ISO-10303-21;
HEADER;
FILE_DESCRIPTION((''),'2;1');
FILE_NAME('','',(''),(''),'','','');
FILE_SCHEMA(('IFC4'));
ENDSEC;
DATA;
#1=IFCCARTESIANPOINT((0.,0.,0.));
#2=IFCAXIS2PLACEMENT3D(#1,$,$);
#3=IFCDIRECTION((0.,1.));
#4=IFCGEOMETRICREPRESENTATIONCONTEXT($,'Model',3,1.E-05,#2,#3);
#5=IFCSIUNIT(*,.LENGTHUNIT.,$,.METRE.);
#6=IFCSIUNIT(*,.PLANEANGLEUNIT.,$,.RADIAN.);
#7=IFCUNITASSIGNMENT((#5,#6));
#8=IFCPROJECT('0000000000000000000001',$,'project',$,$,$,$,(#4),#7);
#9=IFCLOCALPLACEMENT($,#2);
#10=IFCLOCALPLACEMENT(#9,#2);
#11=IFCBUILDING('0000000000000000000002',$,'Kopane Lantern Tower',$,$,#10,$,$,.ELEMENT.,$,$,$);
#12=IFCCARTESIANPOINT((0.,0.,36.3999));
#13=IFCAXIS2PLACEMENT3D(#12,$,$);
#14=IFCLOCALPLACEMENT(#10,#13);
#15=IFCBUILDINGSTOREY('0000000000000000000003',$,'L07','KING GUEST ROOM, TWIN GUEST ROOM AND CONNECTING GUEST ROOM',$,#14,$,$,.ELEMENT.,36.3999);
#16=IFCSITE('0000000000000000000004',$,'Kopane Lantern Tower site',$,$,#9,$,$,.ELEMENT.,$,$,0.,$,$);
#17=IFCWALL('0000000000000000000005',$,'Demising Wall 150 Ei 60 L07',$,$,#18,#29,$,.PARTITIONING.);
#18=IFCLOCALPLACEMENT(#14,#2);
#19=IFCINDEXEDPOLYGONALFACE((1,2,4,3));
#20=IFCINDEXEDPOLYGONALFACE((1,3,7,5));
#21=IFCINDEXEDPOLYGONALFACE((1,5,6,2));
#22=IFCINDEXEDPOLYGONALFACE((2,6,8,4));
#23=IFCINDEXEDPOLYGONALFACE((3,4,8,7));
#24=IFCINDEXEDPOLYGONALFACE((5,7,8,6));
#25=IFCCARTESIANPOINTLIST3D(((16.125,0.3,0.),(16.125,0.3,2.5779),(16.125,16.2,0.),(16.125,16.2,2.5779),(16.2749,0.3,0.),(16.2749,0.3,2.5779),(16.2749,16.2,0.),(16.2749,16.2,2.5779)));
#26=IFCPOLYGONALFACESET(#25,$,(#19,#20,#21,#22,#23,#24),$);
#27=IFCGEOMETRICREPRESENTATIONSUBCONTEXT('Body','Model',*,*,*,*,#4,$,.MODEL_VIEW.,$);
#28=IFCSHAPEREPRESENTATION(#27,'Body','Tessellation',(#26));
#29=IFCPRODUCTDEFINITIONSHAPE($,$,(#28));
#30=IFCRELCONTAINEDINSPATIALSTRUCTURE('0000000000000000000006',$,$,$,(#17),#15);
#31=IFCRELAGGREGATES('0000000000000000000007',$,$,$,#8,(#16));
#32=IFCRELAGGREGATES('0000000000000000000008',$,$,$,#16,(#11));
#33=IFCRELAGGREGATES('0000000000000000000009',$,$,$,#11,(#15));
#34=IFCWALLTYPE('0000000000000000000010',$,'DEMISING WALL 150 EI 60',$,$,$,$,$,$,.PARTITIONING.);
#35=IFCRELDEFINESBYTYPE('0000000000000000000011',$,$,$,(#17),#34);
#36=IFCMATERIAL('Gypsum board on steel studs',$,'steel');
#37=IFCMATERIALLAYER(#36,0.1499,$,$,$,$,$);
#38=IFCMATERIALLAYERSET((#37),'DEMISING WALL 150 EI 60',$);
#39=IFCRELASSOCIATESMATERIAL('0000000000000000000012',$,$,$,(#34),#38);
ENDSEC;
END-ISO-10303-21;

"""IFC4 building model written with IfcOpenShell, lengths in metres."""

from ifc_helpers import new_model, si_unit, direction, frame, frame_2d, origin, place, context, subcontext, project, spatial, rectangle, extrude, material, layer, layer_set, type_object, element, save


model = new_model("IFC4")

# Units and contexts
model_context = context("Model", 3, precision=1e-05, world=origin(), true_north=direction((0.0, 1.0)))
body_context = subcontext(model_context, "Body", "Model", "MODEL_VIEW")
ifc_project = project(units=[si_unit("LENGTHUNIT", "METRE"), si_unit("PLANEANGLEUNIT", "RADIAN")], contexts=[model_context])

# Site, building, storey
site_placement = place(None, origin())
site = spatial("IfcSite", under=ifc_project, at=site_placement, Name="Kopane Lantern Tower site", CompositionType="ELEMENT", RefElevation=0.0)
building_placement = place(site_placement, origin())
building = spatial("IfcBuilding", under=site, at=building_placement, Name="Kopane Lantern Tower", CompositionType="ELEMENT")
storey_placement = place(building_placement, frame((0.0, 0.0, 36.3999)))
storey = spatial("IfcBuildingStorey", under=building, at=storey_placement, Name="L07", Description="KING GUEST ROOM, TWIN GUEST ROOM AND CONNECTING GUEST ROOM", CompositionType="ELEMENT", Elevation=36.3999)

# Wall
ifc_material_1 = material(Name="Gypsum board on steel studs", Category="steel")
ifc_layer_1 = layer(ifc_material_1, 0.1499)
ifc_layer_set_1 = layer_set([ifc_layer_1], Name="DEMISING WALL 150 EI 60")
wall_type_1 = type_object("IfcWallType", Name="DEMISING WALL 150 EI 60", PredefinedType="PARTITIONING", material=ifc_layer_set_1)
wall_1_placement = place(storey_placement, frame((16.2, 16.2, 0.0), z_axis=(0.0, 0.0, 1.0), x_axis=(0.0, -1.0, 0.0)))
element("IfcWall", 1, at=wall_1_placement, inside=storey, type_object=wall_type_1, Name="Demising Wall 150 Ei 60 L07", PredefinedType="PARTITIONING", context=body_context, shape_type="SweptSolid", body=[
    extrude(rectangle(XDim=15.8999, YDim=0.1499, at=frame_2d((7.95, 0.0))), origin(), (0.0, 0.0, 1.0), 2.5779),
])

save(model, "model.ifc")
